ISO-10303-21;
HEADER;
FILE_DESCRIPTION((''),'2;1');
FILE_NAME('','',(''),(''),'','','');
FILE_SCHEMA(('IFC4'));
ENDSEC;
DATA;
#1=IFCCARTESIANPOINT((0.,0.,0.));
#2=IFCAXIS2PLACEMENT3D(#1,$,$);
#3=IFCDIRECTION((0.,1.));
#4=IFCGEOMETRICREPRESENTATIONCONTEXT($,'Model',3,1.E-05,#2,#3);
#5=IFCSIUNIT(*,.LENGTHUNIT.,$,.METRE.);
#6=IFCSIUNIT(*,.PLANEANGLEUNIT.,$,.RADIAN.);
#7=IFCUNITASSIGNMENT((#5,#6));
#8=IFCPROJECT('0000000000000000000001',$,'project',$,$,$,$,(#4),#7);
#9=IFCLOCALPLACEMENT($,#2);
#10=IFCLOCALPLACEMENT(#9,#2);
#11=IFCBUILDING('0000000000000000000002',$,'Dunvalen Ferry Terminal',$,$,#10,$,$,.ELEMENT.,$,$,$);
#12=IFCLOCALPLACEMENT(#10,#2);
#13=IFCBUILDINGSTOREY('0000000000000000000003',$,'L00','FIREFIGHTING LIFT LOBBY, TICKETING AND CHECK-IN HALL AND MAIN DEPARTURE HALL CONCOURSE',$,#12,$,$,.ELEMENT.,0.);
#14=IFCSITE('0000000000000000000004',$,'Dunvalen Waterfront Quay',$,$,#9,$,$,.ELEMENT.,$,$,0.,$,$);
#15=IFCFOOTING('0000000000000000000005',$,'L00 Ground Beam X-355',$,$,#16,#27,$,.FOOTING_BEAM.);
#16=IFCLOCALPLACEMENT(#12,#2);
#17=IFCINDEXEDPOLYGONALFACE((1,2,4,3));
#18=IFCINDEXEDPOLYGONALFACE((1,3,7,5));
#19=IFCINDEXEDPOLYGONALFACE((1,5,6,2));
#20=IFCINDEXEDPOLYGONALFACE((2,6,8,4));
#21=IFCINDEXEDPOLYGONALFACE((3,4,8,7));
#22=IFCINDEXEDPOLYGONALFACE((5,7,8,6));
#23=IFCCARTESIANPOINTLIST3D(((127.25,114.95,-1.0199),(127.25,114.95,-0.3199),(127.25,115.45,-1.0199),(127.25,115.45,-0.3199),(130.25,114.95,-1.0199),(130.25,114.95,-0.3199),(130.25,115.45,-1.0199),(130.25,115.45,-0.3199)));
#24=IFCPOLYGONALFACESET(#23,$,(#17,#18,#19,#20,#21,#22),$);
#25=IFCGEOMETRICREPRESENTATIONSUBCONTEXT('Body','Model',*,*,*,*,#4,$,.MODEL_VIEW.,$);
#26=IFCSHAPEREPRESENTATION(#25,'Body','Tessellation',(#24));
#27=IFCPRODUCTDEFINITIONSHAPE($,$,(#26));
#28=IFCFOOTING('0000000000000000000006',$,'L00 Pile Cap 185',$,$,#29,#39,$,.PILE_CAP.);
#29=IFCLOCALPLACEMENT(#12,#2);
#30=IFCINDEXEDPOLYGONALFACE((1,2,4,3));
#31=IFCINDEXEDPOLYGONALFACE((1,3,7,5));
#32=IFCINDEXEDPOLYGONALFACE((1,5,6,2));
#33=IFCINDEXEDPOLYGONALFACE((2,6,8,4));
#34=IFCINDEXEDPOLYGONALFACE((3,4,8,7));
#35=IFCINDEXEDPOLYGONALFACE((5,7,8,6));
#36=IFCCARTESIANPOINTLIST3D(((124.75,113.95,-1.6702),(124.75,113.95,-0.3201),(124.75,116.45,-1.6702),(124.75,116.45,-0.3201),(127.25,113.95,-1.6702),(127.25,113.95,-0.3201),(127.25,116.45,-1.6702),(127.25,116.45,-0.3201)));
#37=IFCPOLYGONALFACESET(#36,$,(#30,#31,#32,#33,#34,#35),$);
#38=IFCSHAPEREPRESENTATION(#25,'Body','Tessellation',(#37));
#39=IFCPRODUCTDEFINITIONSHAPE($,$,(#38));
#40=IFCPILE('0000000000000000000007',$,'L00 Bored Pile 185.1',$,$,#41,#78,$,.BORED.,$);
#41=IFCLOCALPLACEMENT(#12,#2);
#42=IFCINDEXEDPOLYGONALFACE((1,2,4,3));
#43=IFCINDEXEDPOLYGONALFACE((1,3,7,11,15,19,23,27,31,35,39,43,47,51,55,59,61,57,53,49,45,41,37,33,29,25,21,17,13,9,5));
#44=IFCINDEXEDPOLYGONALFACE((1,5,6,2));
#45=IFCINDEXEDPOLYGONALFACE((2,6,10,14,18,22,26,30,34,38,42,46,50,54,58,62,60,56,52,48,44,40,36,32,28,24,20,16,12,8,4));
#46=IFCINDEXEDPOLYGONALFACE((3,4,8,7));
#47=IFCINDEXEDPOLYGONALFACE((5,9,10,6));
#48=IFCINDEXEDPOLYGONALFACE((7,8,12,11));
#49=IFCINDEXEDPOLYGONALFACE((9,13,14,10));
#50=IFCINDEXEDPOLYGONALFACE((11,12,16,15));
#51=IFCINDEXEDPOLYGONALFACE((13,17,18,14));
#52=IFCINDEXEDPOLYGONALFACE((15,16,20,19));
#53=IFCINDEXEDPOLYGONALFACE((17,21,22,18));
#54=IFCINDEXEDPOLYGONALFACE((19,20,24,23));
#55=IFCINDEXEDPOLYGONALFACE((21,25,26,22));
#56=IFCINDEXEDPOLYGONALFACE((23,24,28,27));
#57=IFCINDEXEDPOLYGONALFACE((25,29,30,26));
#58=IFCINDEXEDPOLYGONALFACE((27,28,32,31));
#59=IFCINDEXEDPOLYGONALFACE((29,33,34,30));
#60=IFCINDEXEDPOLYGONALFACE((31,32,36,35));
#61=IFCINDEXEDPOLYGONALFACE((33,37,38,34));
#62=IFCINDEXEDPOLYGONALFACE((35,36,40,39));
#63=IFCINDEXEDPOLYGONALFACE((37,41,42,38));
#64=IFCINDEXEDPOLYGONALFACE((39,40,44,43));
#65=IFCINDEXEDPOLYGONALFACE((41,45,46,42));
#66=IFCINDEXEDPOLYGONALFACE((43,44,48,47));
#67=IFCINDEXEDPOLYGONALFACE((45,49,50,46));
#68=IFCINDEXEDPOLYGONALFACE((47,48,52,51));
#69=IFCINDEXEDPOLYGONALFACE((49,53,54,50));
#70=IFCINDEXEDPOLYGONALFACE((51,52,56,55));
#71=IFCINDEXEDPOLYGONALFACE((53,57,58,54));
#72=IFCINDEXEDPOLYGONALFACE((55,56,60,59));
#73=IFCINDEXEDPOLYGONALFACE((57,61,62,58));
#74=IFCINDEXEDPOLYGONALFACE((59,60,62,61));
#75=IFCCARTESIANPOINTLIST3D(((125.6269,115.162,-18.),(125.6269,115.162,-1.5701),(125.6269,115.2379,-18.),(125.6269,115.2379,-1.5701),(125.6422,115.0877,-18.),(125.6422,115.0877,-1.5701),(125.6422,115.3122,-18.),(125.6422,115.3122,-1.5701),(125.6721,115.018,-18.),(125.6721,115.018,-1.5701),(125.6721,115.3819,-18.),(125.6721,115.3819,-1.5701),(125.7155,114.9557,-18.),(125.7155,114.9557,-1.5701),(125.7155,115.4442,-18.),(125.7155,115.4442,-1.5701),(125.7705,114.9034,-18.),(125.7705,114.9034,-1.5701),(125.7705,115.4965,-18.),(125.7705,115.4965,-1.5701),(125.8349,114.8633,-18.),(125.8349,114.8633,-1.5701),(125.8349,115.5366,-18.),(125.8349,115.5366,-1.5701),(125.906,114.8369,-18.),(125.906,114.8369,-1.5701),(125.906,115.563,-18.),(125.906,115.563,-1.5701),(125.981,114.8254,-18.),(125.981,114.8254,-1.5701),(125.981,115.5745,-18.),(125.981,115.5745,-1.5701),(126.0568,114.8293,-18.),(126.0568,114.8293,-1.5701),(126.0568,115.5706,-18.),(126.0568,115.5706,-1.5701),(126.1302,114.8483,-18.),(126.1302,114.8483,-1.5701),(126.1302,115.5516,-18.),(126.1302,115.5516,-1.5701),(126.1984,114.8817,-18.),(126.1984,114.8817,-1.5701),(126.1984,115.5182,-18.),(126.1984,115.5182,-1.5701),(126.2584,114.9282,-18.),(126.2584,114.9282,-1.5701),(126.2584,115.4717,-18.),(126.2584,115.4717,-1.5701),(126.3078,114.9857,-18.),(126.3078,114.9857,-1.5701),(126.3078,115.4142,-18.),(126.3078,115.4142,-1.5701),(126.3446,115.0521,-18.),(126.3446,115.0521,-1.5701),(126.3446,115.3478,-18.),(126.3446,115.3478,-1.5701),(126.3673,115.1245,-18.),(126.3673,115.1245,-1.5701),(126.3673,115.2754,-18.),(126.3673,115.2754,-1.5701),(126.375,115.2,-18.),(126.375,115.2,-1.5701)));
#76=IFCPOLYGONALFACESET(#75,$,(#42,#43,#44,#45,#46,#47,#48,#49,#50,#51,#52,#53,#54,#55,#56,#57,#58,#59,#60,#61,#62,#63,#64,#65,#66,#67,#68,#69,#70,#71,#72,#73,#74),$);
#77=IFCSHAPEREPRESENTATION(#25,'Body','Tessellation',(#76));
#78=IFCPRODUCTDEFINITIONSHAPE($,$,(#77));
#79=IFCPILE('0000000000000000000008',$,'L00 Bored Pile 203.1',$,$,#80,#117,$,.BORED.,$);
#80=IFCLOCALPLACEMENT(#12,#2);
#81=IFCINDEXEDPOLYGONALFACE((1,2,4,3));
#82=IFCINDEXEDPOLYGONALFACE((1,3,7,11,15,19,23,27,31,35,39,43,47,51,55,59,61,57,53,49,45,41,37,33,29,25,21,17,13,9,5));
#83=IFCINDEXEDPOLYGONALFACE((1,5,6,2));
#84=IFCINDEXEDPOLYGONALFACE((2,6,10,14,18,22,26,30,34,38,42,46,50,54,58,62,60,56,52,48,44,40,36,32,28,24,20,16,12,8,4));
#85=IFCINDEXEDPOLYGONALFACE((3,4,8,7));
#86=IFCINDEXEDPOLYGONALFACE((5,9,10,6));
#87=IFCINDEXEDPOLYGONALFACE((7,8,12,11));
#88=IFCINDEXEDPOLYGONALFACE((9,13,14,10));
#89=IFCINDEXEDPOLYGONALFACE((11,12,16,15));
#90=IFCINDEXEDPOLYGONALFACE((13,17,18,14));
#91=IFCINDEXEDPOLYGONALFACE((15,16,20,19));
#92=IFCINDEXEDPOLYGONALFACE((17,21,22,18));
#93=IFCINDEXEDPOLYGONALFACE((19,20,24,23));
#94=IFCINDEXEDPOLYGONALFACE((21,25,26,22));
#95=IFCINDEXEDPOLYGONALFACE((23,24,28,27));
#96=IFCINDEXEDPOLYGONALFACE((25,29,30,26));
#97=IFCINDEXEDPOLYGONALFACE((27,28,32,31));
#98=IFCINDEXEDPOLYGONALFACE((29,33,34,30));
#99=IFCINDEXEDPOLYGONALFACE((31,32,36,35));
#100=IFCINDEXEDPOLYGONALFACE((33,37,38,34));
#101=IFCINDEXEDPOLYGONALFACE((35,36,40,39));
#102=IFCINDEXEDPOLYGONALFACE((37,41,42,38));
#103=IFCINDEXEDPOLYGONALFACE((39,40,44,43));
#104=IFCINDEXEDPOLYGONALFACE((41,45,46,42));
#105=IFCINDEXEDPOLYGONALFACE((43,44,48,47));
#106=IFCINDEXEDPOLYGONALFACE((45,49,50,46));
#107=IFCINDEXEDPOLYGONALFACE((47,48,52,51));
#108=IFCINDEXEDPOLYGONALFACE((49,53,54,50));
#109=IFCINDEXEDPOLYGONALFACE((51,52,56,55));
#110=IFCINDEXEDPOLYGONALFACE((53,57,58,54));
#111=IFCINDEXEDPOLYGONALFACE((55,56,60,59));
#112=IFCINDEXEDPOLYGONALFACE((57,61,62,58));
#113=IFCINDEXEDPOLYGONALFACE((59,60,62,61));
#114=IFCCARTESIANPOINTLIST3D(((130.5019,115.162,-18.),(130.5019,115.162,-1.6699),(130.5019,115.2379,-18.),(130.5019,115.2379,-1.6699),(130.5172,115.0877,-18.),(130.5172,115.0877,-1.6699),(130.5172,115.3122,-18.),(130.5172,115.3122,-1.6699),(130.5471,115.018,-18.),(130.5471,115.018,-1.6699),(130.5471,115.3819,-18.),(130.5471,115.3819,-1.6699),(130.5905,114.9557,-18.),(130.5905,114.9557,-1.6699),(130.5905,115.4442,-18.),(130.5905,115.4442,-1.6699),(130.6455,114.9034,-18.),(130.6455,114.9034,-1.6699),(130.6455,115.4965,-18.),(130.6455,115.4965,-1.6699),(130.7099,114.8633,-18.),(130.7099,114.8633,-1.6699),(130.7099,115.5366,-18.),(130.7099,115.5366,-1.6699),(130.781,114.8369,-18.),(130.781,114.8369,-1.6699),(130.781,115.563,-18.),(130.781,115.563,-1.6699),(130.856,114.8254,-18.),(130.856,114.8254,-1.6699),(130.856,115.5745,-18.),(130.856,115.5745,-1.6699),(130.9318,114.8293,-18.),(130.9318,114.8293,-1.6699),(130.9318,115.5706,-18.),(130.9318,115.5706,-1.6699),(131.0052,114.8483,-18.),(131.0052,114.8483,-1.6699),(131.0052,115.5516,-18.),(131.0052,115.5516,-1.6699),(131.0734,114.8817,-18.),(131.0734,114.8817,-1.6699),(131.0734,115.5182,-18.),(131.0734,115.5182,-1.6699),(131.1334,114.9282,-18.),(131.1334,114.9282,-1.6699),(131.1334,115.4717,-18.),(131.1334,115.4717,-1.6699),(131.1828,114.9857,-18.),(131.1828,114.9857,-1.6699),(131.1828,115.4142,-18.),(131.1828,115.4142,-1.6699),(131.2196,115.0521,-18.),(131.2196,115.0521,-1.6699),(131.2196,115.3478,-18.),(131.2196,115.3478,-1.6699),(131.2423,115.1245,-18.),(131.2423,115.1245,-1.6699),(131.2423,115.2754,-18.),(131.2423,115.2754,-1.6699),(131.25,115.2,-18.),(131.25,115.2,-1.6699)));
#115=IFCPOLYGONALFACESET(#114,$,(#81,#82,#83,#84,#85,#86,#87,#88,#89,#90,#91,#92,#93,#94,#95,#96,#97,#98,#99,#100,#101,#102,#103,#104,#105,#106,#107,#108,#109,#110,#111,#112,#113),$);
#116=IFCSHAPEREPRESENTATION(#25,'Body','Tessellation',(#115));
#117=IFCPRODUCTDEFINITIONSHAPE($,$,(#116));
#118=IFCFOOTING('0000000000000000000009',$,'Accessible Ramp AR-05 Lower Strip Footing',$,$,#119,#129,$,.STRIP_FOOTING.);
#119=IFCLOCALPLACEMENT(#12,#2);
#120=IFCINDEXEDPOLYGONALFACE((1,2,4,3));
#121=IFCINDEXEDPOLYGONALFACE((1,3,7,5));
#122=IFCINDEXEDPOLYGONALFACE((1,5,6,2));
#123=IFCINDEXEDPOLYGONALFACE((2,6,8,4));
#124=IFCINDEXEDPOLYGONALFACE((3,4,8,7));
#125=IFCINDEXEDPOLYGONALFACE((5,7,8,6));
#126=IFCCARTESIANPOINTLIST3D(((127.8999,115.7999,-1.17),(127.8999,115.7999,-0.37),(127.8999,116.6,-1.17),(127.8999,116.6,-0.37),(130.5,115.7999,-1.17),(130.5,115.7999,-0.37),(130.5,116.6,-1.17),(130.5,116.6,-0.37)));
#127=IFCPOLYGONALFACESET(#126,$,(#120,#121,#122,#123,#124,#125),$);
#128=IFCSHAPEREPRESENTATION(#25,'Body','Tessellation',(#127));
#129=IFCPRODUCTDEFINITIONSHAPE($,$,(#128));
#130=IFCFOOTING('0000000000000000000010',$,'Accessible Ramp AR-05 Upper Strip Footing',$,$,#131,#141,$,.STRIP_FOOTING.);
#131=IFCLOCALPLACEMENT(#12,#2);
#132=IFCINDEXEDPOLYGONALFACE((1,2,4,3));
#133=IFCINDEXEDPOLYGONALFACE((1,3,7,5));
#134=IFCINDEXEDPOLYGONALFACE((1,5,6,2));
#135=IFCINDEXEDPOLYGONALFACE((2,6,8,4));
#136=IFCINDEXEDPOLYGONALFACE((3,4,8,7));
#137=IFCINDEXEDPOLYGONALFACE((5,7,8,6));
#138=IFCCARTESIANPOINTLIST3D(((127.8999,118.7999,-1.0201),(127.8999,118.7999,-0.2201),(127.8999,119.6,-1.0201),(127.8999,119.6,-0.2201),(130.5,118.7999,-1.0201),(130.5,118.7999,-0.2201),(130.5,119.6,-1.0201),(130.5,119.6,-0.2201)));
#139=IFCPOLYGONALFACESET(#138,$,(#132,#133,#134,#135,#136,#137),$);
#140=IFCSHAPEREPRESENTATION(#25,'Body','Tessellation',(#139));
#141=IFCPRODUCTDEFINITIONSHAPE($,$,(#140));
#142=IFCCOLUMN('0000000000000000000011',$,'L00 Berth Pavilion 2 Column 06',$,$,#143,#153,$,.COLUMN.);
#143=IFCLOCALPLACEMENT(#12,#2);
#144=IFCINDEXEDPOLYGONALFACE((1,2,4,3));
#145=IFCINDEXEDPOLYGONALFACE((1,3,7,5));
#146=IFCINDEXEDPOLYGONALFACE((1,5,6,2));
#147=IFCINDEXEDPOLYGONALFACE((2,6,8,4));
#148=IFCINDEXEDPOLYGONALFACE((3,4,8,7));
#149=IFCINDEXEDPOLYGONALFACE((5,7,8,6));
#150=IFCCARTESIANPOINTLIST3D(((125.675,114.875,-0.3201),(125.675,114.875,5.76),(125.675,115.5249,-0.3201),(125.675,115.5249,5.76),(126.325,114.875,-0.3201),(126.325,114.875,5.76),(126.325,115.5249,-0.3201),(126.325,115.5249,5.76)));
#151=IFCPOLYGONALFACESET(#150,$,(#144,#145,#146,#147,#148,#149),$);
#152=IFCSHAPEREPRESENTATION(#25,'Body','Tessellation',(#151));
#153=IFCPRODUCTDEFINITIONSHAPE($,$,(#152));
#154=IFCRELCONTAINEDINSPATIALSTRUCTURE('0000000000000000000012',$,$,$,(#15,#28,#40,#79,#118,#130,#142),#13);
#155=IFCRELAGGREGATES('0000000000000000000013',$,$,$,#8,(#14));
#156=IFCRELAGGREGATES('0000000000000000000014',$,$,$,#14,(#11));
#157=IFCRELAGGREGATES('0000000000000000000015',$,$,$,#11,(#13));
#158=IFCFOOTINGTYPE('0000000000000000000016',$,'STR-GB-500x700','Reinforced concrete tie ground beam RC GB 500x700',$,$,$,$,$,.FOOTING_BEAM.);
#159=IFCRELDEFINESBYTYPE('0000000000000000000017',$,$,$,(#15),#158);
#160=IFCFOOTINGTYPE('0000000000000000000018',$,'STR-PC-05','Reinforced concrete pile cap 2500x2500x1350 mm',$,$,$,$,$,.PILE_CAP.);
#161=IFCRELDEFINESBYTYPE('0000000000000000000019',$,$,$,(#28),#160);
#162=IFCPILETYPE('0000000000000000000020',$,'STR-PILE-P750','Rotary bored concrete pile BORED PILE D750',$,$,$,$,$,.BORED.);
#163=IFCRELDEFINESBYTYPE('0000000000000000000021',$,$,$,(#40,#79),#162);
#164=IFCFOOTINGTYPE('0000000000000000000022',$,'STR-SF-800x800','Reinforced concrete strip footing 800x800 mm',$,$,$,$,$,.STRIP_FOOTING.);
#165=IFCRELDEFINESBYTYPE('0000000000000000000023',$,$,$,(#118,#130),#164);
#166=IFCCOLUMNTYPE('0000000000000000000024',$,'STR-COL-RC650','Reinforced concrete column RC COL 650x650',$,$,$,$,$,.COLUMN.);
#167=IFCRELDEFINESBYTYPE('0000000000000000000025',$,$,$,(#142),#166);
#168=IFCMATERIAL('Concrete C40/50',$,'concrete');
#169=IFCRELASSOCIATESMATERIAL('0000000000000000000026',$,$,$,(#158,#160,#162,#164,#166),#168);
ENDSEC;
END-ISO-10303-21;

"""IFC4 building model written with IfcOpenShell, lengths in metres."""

from ifc_helpers import new_model, si_unit, direction, frame, origin, origin_2d, place, context, subcontext, project, spatial, rectangle, circle, extrude, material, material_profile, profile_set, type_object, element, save


model = new_model("IFC4")

# Units and contexts
model_context = context("Model", 3, precision=1e-05, world=origin(), true_north=direction((0.0, 1.0)))
body_context = subcontext(model_context, "Body", "Model", "MODEL_VIEW")
ifc_project = project(units=[si_unit("LENGTHUNIT", "METRE"), si_unit("PLANEANGLEUNIT", "RADIAN")], contexts=[model_context])

# Site, building, storey
site_placement = place(None, origin())
site = spatial("IfcSite", under=ifc_project, at=site_placement, Name="Dunvalen Waterfront Quay", CompositionType="ELEMENT", RefElevation=0.0)
building_placement = place(site_placement, origin())
building = spatial("IfcBuilding", under=site, at=building_placement, Name="Dunvalen Ferry Terminal", CompositionType="ELEMENT")
storey_placement = place(building_placement, origin())
storey = spatial("IfcBuildingStorey", under=building, at=storey_placement, Name="L00", Description="FIREFIGHTING LIFT LOBBY, TICKETING AND CHECK-IN HALL AND MAIN DEPARTURE HALL CONCOURSE", CompositionType="ELEMENT", Elevation=0.0)

# Footings
ifc_material_1 = material(Name="Concrete C40/50", Category="concrete")
ifc_material_profile_1 = material_profile(ifc_material_1, rectangle(XDim=0.5, YDim=0.7, at=origin_2d()), Name="Concrete C40/50")
ifc_profile_set_1 = profile_set([ifc_material_profile_1], Name="Concrete C40/50")
footing_type_1 = type_object("IfcFootingType", Name="STR-GB-500x700", Description="Reinforced concrete tie ground beam RC GB 500x700", PredefinedType="FOOTING_BEAM", material=ifc_profile_set_1)
footing_1_placement = place(storey_placement, frame((127.25, 115.2, -0.6699), z_axis=(1.0, 0.0, 0.0), x_axis=(0.0, 1.0, 0.0)))
element("IfcFooting", 1, at=footing_1_placement, inside=storey, type_object=footing_type_1, Name="L00 Ground Beam X-355", PredefinedType="FOOTING_BEAM", context=body_context, shape_type="SweptSolid", body=[
    extrude(rectangle(XDim=0.5, YDim=0.7, at=origin_2d()), origin(), (0.0, 0.0, 1.0), 3.0),
])
footing_type_2 = type_object("IfcFootingType", Name="STR-PC-05", Description="Reinforced concrete pile cap 2500x2500x1350 mm", PredefinedType="PILE_CAP", material=ifc_material_1)
footing_2_placement = place(storey_placement, frame((126.0, 115.2, -1.6702), z_axis=(0.0, 0.0, 1.0), x_axis=(1.0, 0.0, 0.0)))
element("IfcFooting", 2, at=footing_2_placement, inside=storey, type_object=footing_type_2, Name="L00 Pile Cap 185", PredefinedType="PILE_CAP", context=body_context, shape_type="SweptSolid", body=[
    extrude(rectangle(XDim=2.5, YDim=2.5, at=origin_2d()), origin(), (0.0, 0.0, 1.0), 1.3501),
])

# Piles
ifc_material_profile_2 = material_profile(ifc_material_1, circle(Radius=0.375, at=origin_2d()), Name="Concrete C40/50")
ifc_profile_set_2 = profile_set([ifc_material_profile_2], Name="Concrete C40/50")
pile_type = type_object("IfcPileType", Name="STR-PILE-P750", Description="Rotary bored concrete pile BORED PILE D750", PredefinedType="BORED", material=ifc_profile_set_2)
pile_1_placement = place(storey_placement, frame((126.0, 115.2, -1.5701), z_axis=(0.0, 0.0, -1.0), x_axis=(1.0, 0.0, 0.0)))
element("IfcPile", 3, at=pile_1_placement, inside=storey, type_object=pile_type, Name="L00 Bored Pile 185.1", PredefinedType="BORED", context=body_context, shape_type="SweptSolid", body=[
    extrude(circle(Radius=0.375, at=origin_2d()), origin(), (0.0, 0.0, 1.0), 16.4299),
])
pile_2_placement = place(storey_placement, frame((130.875, 115.2, -1.6699), z_axis=(0.0, 0.0, -1.0), x_axis=(1.0, 0.0, 0.0)))
element("IfcPile", 4, at=pile_2_placement, inside=storey, type_object=pile_type, Name="L00 Bored Pile 203.1", PredefinedType="BORED", context=body_context, shape_type="SweptSolid", body=[
    extrude(circle(Radius=0.375, at=origin_2d()), origin(), (0.0, 0.0, 1.0), 16.3301),
])

# Footings
ifc_material_profile_3 = material_profile(ifc_material_1, rectangle(XDim=0.8, YDim=0.8, at=origin_2d()), Name="Concrete C40/50")
ifc_profile_set_3 = profile_set([ifc_material_profile_3], Name="Concrete C40/50")
footing_type_3 = type_object("IfcFootingType", Name="STR-SF-800x800", Description="Reinforced concrete strip footing 800x800 mm", PredefinedType="STRIP_FOOTING", material=ifc_profile_set_3)
for number, where, z_axis, x_axis, name in (
    (5, (127.8999, 116.2, -0.77), (1.0, 0.0, 0.0), (0.0, 1.0, 0.0), "Accessible Ramp AR-05 Lower Strip Footing"),
    (6, (127.8999, 119.2, -0.6201), (1.0, 0.0, 0.0), (0.0, 1.0, 0.0), "Accessible Ramp AR-05 Upper Strip Footing"),
):
    element("IfcFooting", number, at=place(storey_placement, frame(where, z_axis=z_axis, x_axis=x_axis)), inside=storey, type_object=footing_type_3, Name=name, PredefinedType="STRIP_FOOTING", context=body_context, shape_type="SweptSolid", body=[
        extrude(rectangle(XDim=0.8, YDim=0.8, at=origin_2d()), origin(), (0.0, 0.0, 1.0), 2.6001),
    ])

# Column
ifc_material_profile_4 = material_profile(ifc_material_1, rectangle(XDim=0.6499, YDim=0.6499, at=origin_2d()), Name="Concrete C40/50")
ifc_profile_set_4 = profile_set([ifc_material_profile_4], Name="Concrete C40/50")
column_type = type_object("IfcColumnType", Name="STR-COL-RC650", Description="Reinforced concrete column RC COL 650x650", PredefinedType="COLUMN", material=ifc_profile_set_4)
column_placement = place(storey_placement, frame((126.0, 115.2, -0.3201), z_axis=(0.0, 0.0, 1.0), x_axis=(1.0, 0.0, 0.0)))
element("IfcColumn", 7, at=column_placement, inside=storey, type_object=column_type, Name="L00 Berth Pavilion 2 Column 06", PredefinedType="COLUMN", context=body_context, shape_type="SweptSolid", body=[
    extrude(rectangle(XDim=0.6499, YDim=0.6499, at=origin_2d()), origin(), (0.0, 0.0, 1.0), 6.0801),
])

save(model, "model.ifc")
